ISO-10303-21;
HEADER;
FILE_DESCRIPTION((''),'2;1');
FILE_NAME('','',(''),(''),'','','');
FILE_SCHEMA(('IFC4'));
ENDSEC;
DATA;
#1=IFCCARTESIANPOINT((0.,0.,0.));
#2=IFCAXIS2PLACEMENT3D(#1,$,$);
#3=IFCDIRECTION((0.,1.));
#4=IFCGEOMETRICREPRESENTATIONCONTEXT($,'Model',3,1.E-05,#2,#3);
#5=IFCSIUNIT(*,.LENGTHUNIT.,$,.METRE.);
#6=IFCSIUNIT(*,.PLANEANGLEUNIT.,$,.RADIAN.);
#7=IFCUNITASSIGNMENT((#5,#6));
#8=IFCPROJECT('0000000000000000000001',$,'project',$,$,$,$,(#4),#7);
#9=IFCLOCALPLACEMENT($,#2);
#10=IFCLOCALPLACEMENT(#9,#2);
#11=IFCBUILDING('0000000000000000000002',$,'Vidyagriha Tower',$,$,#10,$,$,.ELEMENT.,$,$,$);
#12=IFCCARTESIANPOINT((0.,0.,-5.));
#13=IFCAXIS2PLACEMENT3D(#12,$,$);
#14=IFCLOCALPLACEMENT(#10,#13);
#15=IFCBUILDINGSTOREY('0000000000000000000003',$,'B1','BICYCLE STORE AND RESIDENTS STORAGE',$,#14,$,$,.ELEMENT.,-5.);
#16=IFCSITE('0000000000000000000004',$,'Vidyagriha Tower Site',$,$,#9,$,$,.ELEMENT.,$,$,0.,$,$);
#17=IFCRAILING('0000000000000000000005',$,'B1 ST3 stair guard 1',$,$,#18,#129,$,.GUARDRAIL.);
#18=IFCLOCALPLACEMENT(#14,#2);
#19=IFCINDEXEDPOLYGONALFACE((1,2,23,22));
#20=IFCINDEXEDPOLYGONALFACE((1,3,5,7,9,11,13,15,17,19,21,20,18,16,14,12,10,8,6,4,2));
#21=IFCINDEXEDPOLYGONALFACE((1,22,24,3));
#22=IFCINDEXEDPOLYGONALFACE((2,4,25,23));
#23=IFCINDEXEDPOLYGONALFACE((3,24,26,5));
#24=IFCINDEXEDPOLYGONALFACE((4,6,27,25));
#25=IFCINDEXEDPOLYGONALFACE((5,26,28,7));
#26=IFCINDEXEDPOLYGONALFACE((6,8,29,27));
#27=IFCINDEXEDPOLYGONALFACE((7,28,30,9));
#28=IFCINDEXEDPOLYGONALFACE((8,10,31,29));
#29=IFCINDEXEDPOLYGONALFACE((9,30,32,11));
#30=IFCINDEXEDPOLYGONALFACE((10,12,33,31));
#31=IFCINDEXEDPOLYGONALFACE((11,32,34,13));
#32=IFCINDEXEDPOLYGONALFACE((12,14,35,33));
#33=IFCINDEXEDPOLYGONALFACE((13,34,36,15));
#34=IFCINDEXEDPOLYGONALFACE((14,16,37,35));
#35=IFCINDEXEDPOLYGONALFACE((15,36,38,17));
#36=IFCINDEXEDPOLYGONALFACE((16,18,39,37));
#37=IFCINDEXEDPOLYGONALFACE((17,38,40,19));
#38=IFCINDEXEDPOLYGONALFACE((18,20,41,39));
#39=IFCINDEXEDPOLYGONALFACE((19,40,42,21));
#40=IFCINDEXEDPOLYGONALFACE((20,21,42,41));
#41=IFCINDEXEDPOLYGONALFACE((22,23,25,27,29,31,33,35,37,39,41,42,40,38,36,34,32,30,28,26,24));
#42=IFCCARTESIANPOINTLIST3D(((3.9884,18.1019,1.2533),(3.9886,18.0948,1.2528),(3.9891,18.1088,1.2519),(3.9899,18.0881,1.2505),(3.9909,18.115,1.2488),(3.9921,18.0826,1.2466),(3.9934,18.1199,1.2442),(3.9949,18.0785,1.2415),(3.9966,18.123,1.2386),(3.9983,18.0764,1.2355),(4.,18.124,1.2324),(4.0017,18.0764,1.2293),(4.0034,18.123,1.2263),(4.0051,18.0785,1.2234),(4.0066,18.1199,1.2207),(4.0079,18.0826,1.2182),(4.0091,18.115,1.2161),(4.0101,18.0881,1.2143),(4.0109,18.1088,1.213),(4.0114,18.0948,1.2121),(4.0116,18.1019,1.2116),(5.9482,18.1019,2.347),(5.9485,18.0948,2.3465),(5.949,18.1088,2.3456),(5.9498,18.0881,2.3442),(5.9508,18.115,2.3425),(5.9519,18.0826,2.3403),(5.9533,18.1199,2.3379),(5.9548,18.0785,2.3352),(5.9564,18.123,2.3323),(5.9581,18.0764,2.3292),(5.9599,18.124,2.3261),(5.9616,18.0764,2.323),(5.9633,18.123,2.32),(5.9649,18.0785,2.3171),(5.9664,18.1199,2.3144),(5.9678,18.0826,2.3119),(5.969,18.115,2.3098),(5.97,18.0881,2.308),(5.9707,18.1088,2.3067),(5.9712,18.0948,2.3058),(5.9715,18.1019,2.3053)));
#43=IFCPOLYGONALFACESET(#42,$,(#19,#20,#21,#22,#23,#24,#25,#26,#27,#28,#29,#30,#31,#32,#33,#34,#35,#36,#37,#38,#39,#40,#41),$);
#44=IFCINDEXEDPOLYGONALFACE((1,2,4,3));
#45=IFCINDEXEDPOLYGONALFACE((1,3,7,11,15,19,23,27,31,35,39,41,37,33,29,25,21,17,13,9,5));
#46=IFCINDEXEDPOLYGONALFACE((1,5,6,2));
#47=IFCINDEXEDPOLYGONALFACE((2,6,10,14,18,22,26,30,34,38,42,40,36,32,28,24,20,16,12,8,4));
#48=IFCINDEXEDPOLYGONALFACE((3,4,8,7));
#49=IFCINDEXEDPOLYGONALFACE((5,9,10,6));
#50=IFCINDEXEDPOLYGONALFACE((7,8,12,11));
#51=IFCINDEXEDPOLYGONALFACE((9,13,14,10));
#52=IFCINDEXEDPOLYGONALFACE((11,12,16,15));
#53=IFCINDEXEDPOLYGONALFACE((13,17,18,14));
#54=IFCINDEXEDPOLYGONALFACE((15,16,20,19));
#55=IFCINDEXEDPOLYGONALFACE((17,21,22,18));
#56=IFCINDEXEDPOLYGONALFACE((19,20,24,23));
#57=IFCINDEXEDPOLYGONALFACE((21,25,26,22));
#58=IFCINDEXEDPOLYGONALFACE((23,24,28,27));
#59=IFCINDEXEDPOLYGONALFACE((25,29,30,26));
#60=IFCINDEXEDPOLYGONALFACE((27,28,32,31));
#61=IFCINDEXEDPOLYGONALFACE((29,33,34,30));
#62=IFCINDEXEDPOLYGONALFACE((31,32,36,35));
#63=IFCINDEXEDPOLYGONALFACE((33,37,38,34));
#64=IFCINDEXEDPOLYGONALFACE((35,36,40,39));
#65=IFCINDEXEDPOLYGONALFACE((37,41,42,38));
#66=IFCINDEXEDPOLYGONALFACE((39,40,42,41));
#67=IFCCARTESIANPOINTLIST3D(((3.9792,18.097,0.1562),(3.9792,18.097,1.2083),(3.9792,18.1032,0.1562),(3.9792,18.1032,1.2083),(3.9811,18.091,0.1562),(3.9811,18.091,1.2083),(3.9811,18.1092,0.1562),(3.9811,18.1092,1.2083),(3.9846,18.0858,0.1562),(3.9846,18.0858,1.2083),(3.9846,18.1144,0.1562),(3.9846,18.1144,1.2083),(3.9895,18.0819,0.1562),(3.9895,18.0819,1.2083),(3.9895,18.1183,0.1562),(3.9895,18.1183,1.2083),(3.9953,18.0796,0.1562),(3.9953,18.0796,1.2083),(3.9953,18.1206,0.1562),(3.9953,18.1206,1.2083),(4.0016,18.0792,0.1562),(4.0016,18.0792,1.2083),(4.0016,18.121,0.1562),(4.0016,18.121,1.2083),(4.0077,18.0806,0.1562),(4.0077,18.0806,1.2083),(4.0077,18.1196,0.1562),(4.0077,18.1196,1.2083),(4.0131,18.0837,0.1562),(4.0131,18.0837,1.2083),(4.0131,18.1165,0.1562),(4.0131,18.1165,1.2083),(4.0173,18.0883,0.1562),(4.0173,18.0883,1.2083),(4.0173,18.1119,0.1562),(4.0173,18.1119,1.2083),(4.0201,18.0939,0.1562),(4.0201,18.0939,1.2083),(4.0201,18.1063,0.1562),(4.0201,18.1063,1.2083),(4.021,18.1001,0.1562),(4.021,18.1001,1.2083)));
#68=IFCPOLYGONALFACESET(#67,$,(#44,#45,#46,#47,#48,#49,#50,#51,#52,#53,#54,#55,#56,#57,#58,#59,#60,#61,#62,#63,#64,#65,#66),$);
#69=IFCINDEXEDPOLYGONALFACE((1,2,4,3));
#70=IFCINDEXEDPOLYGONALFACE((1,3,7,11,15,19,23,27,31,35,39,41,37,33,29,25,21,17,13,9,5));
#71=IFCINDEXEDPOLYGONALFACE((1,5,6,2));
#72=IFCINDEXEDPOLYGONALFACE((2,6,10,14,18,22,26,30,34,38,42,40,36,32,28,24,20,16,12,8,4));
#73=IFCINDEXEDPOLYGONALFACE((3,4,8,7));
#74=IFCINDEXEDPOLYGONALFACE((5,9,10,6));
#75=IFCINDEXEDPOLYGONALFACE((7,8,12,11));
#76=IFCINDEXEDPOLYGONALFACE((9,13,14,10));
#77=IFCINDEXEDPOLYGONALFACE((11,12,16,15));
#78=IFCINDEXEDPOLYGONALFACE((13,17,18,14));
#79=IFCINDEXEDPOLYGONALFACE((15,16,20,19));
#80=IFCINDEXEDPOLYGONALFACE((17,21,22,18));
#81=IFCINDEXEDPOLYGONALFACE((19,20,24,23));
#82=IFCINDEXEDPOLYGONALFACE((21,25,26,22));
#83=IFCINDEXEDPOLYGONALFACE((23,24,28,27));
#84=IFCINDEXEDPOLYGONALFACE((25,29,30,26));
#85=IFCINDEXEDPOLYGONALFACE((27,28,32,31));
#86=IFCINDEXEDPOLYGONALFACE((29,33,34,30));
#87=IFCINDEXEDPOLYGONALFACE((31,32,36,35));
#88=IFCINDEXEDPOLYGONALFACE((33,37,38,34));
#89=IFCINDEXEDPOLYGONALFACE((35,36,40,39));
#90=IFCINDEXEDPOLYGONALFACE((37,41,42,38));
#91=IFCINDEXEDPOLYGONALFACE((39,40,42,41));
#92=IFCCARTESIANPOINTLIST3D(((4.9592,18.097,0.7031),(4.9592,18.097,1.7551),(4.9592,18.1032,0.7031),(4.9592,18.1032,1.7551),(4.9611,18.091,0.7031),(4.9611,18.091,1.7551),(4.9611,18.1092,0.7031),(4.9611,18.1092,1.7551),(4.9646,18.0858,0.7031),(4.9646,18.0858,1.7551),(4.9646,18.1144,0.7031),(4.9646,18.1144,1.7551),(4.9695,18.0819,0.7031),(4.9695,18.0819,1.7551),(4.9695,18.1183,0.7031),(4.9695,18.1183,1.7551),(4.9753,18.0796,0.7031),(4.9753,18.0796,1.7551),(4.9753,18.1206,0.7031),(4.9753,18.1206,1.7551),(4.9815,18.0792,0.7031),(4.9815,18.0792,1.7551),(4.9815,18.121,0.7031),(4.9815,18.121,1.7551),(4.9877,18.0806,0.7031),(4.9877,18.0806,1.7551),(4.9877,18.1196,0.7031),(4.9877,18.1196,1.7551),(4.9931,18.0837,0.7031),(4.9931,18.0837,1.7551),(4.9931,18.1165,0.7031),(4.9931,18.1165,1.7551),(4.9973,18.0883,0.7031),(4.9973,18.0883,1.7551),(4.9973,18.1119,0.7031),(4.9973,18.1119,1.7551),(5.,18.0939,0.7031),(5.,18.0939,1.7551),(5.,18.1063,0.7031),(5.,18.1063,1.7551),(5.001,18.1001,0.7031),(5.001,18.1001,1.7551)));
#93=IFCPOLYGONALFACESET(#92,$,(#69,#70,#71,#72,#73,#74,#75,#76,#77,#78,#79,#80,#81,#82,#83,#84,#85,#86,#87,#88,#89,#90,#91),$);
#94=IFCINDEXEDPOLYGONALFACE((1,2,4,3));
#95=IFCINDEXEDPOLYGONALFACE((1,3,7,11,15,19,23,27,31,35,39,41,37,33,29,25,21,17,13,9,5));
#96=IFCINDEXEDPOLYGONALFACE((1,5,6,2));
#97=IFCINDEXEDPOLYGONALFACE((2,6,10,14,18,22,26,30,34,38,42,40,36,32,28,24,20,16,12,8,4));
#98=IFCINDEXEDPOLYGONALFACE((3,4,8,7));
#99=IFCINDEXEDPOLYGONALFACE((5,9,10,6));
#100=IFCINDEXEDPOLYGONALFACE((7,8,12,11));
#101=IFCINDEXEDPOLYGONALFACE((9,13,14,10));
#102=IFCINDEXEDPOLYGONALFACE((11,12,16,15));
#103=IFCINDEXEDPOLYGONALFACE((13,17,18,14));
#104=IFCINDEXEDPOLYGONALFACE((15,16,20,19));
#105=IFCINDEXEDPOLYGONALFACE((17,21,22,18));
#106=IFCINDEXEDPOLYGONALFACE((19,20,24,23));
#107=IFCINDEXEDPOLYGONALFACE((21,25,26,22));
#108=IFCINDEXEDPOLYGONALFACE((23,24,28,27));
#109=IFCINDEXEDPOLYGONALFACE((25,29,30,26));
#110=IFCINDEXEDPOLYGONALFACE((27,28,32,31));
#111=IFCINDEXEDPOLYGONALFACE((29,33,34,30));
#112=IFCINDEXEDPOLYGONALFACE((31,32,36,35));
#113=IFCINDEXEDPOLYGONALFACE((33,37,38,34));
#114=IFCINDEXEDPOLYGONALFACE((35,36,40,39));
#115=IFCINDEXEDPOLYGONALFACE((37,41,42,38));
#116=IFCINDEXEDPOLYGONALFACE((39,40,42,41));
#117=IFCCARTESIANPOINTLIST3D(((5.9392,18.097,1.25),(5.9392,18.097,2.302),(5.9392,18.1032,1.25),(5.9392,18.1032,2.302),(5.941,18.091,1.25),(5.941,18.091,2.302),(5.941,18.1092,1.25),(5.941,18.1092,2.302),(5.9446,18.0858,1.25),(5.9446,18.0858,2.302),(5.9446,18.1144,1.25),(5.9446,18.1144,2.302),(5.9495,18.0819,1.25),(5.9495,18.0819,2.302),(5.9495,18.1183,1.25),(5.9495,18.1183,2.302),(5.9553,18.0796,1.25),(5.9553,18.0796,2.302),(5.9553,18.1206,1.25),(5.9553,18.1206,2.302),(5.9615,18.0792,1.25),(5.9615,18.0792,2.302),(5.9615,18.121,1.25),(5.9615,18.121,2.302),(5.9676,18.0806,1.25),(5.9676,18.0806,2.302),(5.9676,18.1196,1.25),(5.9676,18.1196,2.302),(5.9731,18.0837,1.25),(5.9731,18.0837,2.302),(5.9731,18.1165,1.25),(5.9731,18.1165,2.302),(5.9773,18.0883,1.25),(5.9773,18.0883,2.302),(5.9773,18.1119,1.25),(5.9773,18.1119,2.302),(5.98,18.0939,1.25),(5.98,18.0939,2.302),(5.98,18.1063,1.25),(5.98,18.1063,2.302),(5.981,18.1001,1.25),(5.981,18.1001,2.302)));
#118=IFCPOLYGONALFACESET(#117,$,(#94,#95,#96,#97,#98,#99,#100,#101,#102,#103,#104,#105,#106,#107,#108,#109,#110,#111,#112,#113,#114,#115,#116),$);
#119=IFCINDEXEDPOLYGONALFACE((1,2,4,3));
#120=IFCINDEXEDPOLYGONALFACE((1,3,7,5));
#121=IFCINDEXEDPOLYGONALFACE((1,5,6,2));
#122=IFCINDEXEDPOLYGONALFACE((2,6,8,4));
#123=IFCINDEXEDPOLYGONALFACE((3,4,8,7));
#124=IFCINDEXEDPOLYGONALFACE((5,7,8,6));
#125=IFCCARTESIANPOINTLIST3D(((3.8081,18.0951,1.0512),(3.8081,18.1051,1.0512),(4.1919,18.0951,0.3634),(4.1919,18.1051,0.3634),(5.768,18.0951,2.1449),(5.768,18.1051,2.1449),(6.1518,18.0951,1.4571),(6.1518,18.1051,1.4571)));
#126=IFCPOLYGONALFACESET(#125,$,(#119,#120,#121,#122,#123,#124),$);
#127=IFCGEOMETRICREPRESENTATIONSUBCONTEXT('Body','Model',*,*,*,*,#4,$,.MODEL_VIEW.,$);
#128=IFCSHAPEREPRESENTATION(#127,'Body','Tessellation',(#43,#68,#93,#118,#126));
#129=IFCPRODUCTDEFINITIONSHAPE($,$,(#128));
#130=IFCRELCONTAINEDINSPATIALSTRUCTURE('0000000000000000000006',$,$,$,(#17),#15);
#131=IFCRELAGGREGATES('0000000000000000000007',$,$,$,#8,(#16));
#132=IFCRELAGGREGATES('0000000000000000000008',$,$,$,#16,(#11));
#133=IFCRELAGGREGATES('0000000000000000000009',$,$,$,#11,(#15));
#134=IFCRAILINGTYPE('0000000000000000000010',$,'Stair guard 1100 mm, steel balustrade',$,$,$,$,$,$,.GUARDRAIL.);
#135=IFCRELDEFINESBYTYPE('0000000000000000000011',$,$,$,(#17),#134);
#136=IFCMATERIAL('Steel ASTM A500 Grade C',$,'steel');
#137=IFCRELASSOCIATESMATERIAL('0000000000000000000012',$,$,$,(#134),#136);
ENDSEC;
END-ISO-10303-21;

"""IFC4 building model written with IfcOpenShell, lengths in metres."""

from ifc_helpers import new_model, si_unit, direction, frame, origin, origin_2d, place, context, subcontext, project, spatial, rectangle, circle, extrude, material, type_object, element, save


model = new_model("IFC4")

# Units and contexts
model_context = context("Model", 3, precision=1e-05, world=origin(), true_north=direction((0.0, 1.0)))
body_context = subcontext(model_context, "Body", "Model", "MODEL_VIEW")
ifc_project = project(units=[si_unit("LENGTHUNIT", "METRE"), si_unit("PLANEANGLEUNIT", "RADIAN")], contexts=[model_context])

# Site, building, storey
site_placement = place(None, origin())
site = spatial("IfcSite", under=ifc_project, at=site_placement, Name="Vidyagriha Tower Site", CompositionType="ELEMENT", RefElevation=0.0)
building_placement = place(site_placement, origin())
building = spatial("IfcBuilding", under=site, at=building_placement, Name="Vidyagriha Tower", CompositionType="ELEMENT")
storey_placement = place(building_placement, frame((0.0, 0.0, -5.0)))
storey = spatial("IfcBuildingStorey", under=building, at=storey_placement, Name="B1", Description="BICYCLE STORE AND RESIDENTS STORAGE", CompositionType="ELEMENT", Elevation=-5.0)

# Railing
ifc_material_1 = material(Name="Steel ASTM A500 Grade C", Category="steel")
railing_type_1 = type_object("IfcRailingType", Name="Stair guard 1100 mm, steel balustrade", PredefinedType="GUARDRAIL", material=ifc_material_1)
railing_1_placement = place(storey_placement, frame((4.0, 18.1001, 0.1562)))
element("IfcRailing", 1, at=railing_1_placement, inside=storey, type_object=railing_type_1, Name="B1 ST3 stair guard 1", PredefinedType="GUARDRAIL", context=body_context, shape_type="SweptSolid", body=[
    extrude(circle(Radius=0.0239, at=origin_2d()), frame((0.0, 0.0, 1.0762), z_axis=(0.873232, 0.0, 0.487304), x_axis=(0.0, 1.0, 0.0)), (0.0, 0.0, 1.0), 2.2444),
    extrude(circle(Radius=0.021, at=origin_2d()), origin(), (0.0, 0.0, 1.0), 1.052),
    extrude(circle(Radius=0.021, at=origin_2d()), frame((0.98, 0.0, 0.5469)), (0.0, 0.0, 1.0), 1.052),
    extrude(circle(Radius=0.021, at=origin_2d()), frame((1.96, 0.0, 1.0938)), (0.0, 0.0, 1.0), 1.052),
    extrude(rectangle(XDim=0.01, YDim=0.7876, at=origin_2d()), frame((0.0, 0.0, 0.551), z_axis=(0.873232, 0.0, 0.487304), x_axis=(0.0, 1.0, 0.0)), (0.0, 0.0, 1.0), 2.2444),
])

save(model, "model.ifc")
